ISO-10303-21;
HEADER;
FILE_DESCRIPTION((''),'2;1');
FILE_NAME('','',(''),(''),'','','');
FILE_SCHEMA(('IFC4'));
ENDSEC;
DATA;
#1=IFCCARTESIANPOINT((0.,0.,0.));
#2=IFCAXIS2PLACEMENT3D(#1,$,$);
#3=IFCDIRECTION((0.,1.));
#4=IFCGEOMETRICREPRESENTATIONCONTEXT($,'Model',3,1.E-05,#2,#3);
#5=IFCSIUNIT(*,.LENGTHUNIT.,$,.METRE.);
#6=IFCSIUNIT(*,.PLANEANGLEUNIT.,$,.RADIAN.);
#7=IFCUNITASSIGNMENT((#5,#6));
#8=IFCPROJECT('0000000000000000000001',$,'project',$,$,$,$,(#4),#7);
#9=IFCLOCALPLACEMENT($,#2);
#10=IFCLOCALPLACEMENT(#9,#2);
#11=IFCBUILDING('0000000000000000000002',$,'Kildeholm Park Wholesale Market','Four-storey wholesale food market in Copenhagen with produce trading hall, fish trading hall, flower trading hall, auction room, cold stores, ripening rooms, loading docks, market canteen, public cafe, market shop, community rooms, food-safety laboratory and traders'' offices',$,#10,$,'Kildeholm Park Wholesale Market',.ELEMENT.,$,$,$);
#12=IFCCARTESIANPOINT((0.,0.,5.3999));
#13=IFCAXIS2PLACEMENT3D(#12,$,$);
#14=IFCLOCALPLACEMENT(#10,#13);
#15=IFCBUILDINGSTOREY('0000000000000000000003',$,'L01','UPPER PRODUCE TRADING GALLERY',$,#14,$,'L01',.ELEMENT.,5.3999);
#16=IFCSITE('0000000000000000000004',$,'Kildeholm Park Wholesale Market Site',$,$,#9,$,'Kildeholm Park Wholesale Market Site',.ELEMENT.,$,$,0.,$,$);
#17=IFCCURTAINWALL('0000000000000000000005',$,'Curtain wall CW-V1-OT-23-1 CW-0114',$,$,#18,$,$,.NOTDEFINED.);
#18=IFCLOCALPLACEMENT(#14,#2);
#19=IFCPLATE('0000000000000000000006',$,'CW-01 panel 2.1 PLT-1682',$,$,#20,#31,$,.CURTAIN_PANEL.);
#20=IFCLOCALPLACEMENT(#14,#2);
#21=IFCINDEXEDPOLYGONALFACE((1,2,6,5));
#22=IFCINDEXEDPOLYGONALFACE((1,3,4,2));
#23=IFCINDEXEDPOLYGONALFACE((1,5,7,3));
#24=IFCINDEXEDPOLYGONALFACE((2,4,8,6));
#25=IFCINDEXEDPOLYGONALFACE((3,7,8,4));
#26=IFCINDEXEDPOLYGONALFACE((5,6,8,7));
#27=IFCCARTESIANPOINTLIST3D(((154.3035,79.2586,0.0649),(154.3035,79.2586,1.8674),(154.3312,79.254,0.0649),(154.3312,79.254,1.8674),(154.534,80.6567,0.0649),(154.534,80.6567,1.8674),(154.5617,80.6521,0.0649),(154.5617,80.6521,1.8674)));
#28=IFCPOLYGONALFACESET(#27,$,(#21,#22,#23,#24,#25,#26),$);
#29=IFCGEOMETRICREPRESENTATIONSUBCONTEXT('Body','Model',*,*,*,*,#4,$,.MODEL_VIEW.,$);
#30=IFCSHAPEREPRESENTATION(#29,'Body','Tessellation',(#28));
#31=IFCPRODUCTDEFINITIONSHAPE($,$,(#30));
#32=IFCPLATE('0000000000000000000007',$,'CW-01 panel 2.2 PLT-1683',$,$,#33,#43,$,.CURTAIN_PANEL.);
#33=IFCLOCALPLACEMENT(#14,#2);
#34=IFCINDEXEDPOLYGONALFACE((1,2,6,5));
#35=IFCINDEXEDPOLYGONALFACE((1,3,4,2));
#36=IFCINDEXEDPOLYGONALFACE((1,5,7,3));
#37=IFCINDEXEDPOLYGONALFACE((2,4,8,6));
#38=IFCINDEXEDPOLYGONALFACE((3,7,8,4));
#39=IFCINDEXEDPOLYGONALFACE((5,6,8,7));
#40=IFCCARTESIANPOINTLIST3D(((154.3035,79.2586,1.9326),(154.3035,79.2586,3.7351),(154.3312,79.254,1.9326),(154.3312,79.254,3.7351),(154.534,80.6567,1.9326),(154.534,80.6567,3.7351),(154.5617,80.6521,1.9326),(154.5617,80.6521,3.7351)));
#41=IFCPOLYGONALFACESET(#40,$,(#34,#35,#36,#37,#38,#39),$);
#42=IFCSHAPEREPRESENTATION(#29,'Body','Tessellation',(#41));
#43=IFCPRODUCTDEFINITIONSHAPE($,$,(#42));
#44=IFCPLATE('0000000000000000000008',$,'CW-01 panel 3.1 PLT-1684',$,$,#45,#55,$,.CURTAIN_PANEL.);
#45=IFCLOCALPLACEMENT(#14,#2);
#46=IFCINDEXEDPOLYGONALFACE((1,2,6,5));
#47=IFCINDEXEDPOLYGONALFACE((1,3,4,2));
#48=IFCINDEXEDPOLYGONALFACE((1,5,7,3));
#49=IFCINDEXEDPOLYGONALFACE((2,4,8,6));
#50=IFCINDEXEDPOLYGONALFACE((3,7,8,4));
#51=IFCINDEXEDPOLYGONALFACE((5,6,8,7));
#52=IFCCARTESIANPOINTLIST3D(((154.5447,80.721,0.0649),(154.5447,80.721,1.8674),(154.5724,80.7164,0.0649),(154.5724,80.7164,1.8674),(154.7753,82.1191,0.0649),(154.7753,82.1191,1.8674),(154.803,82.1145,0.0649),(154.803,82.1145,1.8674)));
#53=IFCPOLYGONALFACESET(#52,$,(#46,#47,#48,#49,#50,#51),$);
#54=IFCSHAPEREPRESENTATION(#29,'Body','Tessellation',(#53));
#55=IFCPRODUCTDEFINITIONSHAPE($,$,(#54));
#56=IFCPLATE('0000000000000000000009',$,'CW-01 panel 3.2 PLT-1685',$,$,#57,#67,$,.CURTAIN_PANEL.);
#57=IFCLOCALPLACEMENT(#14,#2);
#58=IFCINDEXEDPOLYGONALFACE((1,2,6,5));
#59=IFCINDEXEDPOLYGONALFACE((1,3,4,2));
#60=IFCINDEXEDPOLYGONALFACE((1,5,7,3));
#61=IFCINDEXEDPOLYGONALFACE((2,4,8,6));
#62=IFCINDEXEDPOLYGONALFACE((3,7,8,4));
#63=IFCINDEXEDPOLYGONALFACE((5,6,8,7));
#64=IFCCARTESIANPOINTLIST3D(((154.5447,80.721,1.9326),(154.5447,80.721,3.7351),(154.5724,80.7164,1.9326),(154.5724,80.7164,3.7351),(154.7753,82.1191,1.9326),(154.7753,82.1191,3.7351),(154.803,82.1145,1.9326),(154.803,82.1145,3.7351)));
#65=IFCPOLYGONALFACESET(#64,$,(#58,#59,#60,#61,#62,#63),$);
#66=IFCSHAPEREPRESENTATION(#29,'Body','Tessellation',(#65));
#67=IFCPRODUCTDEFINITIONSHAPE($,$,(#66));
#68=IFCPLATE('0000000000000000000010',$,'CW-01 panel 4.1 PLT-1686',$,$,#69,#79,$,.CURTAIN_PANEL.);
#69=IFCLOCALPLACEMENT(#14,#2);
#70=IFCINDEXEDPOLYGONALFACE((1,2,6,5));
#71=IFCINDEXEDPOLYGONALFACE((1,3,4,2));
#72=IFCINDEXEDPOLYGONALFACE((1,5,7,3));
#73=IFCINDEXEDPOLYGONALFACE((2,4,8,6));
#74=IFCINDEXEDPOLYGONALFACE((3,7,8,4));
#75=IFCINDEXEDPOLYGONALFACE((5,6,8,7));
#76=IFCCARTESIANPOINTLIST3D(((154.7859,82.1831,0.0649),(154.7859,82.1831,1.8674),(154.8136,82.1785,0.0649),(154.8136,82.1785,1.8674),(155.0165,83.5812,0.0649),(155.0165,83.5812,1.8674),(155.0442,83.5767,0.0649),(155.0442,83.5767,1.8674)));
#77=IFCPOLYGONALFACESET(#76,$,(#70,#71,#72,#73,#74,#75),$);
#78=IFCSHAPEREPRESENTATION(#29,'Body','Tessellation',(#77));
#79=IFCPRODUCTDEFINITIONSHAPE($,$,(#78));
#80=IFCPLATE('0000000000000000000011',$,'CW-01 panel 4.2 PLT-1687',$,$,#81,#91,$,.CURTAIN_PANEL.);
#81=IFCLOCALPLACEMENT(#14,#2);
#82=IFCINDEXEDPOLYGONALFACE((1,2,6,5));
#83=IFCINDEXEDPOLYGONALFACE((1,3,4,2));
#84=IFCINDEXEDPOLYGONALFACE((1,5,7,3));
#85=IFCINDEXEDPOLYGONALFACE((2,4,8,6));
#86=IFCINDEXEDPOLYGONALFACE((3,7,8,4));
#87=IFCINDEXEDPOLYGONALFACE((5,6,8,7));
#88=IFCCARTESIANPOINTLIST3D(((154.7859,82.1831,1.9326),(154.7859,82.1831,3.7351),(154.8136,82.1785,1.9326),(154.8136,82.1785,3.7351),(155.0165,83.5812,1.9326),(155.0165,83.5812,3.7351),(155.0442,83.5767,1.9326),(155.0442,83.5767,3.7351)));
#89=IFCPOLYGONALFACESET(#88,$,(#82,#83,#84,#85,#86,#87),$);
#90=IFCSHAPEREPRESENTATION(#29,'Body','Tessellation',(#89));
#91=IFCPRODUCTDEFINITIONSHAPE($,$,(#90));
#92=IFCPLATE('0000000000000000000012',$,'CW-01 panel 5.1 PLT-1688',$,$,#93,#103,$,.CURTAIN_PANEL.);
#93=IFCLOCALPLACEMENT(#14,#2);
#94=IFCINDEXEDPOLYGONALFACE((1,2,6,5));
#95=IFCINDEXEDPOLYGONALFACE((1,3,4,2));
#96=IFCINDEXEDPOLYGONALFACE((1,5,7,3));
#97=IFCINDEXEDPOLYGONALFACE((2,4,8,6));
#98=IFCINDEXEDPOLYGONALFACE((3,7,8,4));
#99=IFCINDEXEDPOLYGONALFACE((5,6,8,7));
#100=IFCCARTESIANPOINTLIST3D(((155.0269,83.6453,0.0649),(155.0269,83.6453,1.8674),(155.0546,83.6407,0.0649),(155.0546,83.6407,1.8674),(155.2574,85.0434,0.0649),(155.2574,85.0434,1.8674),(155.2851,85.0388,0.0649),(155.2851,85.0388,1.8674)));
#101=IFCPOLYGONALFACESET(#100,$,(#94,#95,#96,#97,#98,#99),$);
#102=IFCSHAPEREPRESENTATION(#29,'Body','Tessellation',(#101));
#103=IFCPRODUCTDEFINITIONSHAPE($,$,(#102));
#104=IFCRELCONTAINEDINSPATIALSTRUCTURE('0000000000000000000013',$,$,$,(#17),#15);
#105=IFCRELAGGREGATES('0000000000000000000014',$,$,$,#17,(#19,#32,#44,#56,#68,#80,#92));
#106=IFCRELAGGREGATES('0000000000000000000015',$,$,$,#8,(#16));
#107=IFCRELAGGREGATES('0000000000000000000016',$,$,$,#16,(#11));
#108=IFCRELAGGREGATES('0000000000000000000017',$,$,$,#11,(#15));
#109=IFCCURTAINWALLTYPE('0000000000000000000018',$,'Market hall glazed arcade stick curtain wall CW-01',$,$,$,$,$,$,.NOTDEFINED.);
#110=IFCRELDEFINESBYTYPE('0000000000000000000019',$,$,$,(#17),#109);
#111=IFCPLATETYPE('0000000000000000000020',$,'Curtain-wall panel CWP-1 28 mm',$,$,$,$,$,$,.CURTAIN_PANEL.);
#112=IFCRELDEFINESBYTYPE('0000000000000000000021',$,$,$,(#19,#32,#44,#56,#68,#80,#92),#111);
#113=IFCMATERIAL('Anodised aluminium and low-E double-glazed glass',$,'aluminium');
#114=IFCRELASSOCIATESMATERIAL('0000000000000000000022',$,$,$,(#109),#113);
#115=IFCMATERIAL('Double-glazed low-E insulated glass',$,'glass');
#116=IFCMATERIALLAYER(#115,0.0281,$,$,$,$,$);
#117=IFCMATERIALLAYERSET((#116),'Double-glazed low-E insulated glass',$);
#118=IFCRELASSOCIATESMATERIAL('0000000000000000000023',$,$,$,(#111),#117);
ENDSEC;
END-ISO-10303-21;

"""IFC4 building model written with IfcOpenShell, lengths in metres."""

from ifc_helpers import new_model, si_unit, direction, frame, origin, origin_2d, place, context, subcontext, project, spatial, rectangle, extrude, material, layer, layer_set, type_object, element, aggregate, save


model = new_model("IFC4")

# Units and contexts
model_context = context("Model", 3, precision=1e-05, world=origin(), true_north=direction((0.0, 1.0)))
body_context = subcontext(model_context, "Body", "Model", "MODEL_VIEW")
ifc_project = project(units=[si_unit("LENGTHUNIT", "METRE"), si_unit("PLANEANGLEUNIT", "RADIAN")], contexts=[model_context])

# Site, building, storey
site_placement = place(None, origin())
site = spatial("IfcSite", under=ifc_project, at=site_placement, Name="Kildeholm Park Wholesale Market Site", LongName="Kildeholm Park Wholesale Market Site", CompositionType="ELEMENT", RefElevation=0.0)
building_placement = place(site_placement, origin())
building = spatial("IfcBuilding", under=site, at=building_placement, Name="Kildeholm Park Wholesale Market", Description="Four-storey wholesale food market in Copenhagen with produce trading hall, fish trading hall, flower trading hall, auction room, cold stores, ripening rooms, loading docks, market canteen, public cafe, market shop, community rooms, food-safety laboratory and traders' offices", LongName="Kildeholm Park Wholesale Market", CompositionType="ELEMENT")
storey_placement = place(building_placement, frame((0.0, 0.0, 5.3999)))
storey = spatial("IfcBuildingStorey", under=building, at=storey_placement, Name="L01", Description="UPPER PRODUCE TRADING GALLERY", LongName="L01", CompositionType="ELEMENT", Elevation=5.3999)

# Curtain wall
ifc_material_1 = material(Name="Anodised aluminium and low-E double-glazed glass", Category="aluminium")
curtain_wall_type = type_object("IfcCurtainWallType", Name="Market hall glazed arcade stick curtain wall CW-01", PredefinedType="NOTDEFINED", material=ifc_material_1)
curtain_wall_1_placement = place(storey_placement, origin())
curtain_wall_1 = element("IfcCurtainWall", 1, at=curtain_wall_1_placement, inside=storey, type_object=curtain_wall_type, Name="Curtain wall CW-V1-OT-23-1 CW-0114", PredefinedType="NOTDEFINED")

# Plates
ifc_material_2 = material(Name="Double-glazed low-E insulated glass", Category="glass")
ifc_layer = layer(ifc_material_2, 0.0281)
ifc_layer_set = layer_set([ifc_layer], Name="Double-glazed low-E insulated glass")
plate_type = type_object("IfcPlateType", Name="Curtain-wall panel CWP-1 28 mm", PredefinedType="CURTAIN_PANEL", material=ifc_layer_set)
plate_1_placement = place(storey_placement, frame((154.4326, 79.9553, 0.0649), z_axis=(0.0, 0.0, 1.0), x_axis=(0.162703, 0.986675, 0.0)))
plate_1 = element("IfcPlate", 2, at=plate_1_placement, type_object=plate_type, Name="CW-01 panel 2.1 PLT-1682", PredefinedType="CURTAIN_PANEL", context=body_context, shape_type="SweptSolid", body=[
    extrude(rectangle(XDim=1.417, YDim=0.0281, at=origin_2d()), origin(), (0.0, 0.0, 1.0), 1.8025),
])
plate_2_placement = place(storey_placement, frame((154.4326, 79.9553, 1.9326), z_axis=(0.0, 0.0, 1.0), x_axis=(0.162703, 0.986675, 0.0)))
plate_2 = element("IfcPlate", 3, at=plate_2_placement, type_object=plate_type, Name="CW-01 panel 2.2 PLT-1683", PredefinedType="CURTAIN_PANEL", context=body_context, shape_type="SweptSolid", body=[
    extrude(rectangle(XDim=1.417, YDim=0.0281, at=origin_2d()), origin(), (0.0, 0.0, 1.0), 1.8025),
])
plate_3_placement = place(storey_placement, frame((154.6738, 81.4177, 0.0649), z_axis=(0.0, 0.0, 1.0), x_axis=(0.162703, 0.986675, 0.0)))
plate_3 = element("IfcPlate", 4, at=plate_3_placement, type_object=plate_type, Name="CW-01 panel 3.1 PLT-1684", PredefinedType="CURTAIN_PANEL", context=body_context, shape_type="SweptSolid", body=[
    extrude(rectangle(XDim=1.417, YDim=0.0281, at=origin_2d()), origin(), (0.0, 0.0, 1.0), 1.8025),
])
plate_4_placement = place(storey_placement, frame((154.6738, 81.4177, 1.9326), z_axis=(0.0, 0.0, 1.0), x_axis=(0.162703, 0.986675, 0.0)))
plate_4 = element("IfcPlate", 5, at=plate_4_placement, type_object=plate_type, Name="CW-01 panel 3.2 PLT-1685", PredefinedType="CURTAIN_PANEL", context=body_context, shape_type="SweptSolid", body=[
    extrude(rectangle(XDim=1.417, YDim=0.0281, at=origin_2d()), origin(), (0.0, 0.0, 1.0), 1.8025),
])
plate_5_placement = place(storey_placement, frame((154.915, 82.8799, 0.0649), z_axis=(0.0, 0.0, 1.0), x_axis=(0.162703, 0.986675, 0.0)))
plate_5 = element("IfcPlate", 6, at=plate_5_placement, type_object=plate_type, Name="CW-01 panel 4.1 PLT-1686", PredefinedType="CURTAIN_PANEL", context=body_context, shape_type="SweptSolid", body=[
    extrude(rectangle(XDim=1.417, YDim=0.0281, at=origin_2d()), origin(), (0.0, 0.0, 1.0), 1.8025),
])
plate_6_placement = place(storey_placement, frame((154.915, 82.8799, 1.9326), z_axis=(0.0, 0.0, 1.0), x_axis=(0.162703, 0.986675, 0.0)))
plate_6 = element("IfcPlate", 7, at=plate_6_placement, type_object=plate_type, Name="CW-01 panel 4.2 PLT-1687", PredefinedType="CURTAIN_PANEL", context=body_context, shape_type="SweptSolid", body=[
    extrude(rectangle(XDim=1.417, YDim=0.0281, at=origin_2d()), origin(), (0.0, 0.0, 1.0), 1.8025),
])
plate_7_placement = place(storey_placement, frame((155.156, 84.342, 0.0649), z_axis=(0.0, 0.0, 1.0), x_axis=(0.162703, 0.986675, 0.0)))
plate_7 = element("IfcPlate", 8, at=plate_7_placement, type_object=plate_type, Name="CW-01 panel 5.1 PLT-1688", PredefinedType="CURTAIN_PANEL", context=body_context, shape_type="SweptSolid", body=[
    extrude(rectangle(XDim=1.417, YDim=0.0281, at=origin_2d()), origin(), (0.0, 0.0, 1.0), 1.8025),
])
aggregate(curtain_wall_1, [plate_1, plate_2, plate_3, plate_4, plate_5, plate_6, plate_7])

save(model, "model.ifc")
